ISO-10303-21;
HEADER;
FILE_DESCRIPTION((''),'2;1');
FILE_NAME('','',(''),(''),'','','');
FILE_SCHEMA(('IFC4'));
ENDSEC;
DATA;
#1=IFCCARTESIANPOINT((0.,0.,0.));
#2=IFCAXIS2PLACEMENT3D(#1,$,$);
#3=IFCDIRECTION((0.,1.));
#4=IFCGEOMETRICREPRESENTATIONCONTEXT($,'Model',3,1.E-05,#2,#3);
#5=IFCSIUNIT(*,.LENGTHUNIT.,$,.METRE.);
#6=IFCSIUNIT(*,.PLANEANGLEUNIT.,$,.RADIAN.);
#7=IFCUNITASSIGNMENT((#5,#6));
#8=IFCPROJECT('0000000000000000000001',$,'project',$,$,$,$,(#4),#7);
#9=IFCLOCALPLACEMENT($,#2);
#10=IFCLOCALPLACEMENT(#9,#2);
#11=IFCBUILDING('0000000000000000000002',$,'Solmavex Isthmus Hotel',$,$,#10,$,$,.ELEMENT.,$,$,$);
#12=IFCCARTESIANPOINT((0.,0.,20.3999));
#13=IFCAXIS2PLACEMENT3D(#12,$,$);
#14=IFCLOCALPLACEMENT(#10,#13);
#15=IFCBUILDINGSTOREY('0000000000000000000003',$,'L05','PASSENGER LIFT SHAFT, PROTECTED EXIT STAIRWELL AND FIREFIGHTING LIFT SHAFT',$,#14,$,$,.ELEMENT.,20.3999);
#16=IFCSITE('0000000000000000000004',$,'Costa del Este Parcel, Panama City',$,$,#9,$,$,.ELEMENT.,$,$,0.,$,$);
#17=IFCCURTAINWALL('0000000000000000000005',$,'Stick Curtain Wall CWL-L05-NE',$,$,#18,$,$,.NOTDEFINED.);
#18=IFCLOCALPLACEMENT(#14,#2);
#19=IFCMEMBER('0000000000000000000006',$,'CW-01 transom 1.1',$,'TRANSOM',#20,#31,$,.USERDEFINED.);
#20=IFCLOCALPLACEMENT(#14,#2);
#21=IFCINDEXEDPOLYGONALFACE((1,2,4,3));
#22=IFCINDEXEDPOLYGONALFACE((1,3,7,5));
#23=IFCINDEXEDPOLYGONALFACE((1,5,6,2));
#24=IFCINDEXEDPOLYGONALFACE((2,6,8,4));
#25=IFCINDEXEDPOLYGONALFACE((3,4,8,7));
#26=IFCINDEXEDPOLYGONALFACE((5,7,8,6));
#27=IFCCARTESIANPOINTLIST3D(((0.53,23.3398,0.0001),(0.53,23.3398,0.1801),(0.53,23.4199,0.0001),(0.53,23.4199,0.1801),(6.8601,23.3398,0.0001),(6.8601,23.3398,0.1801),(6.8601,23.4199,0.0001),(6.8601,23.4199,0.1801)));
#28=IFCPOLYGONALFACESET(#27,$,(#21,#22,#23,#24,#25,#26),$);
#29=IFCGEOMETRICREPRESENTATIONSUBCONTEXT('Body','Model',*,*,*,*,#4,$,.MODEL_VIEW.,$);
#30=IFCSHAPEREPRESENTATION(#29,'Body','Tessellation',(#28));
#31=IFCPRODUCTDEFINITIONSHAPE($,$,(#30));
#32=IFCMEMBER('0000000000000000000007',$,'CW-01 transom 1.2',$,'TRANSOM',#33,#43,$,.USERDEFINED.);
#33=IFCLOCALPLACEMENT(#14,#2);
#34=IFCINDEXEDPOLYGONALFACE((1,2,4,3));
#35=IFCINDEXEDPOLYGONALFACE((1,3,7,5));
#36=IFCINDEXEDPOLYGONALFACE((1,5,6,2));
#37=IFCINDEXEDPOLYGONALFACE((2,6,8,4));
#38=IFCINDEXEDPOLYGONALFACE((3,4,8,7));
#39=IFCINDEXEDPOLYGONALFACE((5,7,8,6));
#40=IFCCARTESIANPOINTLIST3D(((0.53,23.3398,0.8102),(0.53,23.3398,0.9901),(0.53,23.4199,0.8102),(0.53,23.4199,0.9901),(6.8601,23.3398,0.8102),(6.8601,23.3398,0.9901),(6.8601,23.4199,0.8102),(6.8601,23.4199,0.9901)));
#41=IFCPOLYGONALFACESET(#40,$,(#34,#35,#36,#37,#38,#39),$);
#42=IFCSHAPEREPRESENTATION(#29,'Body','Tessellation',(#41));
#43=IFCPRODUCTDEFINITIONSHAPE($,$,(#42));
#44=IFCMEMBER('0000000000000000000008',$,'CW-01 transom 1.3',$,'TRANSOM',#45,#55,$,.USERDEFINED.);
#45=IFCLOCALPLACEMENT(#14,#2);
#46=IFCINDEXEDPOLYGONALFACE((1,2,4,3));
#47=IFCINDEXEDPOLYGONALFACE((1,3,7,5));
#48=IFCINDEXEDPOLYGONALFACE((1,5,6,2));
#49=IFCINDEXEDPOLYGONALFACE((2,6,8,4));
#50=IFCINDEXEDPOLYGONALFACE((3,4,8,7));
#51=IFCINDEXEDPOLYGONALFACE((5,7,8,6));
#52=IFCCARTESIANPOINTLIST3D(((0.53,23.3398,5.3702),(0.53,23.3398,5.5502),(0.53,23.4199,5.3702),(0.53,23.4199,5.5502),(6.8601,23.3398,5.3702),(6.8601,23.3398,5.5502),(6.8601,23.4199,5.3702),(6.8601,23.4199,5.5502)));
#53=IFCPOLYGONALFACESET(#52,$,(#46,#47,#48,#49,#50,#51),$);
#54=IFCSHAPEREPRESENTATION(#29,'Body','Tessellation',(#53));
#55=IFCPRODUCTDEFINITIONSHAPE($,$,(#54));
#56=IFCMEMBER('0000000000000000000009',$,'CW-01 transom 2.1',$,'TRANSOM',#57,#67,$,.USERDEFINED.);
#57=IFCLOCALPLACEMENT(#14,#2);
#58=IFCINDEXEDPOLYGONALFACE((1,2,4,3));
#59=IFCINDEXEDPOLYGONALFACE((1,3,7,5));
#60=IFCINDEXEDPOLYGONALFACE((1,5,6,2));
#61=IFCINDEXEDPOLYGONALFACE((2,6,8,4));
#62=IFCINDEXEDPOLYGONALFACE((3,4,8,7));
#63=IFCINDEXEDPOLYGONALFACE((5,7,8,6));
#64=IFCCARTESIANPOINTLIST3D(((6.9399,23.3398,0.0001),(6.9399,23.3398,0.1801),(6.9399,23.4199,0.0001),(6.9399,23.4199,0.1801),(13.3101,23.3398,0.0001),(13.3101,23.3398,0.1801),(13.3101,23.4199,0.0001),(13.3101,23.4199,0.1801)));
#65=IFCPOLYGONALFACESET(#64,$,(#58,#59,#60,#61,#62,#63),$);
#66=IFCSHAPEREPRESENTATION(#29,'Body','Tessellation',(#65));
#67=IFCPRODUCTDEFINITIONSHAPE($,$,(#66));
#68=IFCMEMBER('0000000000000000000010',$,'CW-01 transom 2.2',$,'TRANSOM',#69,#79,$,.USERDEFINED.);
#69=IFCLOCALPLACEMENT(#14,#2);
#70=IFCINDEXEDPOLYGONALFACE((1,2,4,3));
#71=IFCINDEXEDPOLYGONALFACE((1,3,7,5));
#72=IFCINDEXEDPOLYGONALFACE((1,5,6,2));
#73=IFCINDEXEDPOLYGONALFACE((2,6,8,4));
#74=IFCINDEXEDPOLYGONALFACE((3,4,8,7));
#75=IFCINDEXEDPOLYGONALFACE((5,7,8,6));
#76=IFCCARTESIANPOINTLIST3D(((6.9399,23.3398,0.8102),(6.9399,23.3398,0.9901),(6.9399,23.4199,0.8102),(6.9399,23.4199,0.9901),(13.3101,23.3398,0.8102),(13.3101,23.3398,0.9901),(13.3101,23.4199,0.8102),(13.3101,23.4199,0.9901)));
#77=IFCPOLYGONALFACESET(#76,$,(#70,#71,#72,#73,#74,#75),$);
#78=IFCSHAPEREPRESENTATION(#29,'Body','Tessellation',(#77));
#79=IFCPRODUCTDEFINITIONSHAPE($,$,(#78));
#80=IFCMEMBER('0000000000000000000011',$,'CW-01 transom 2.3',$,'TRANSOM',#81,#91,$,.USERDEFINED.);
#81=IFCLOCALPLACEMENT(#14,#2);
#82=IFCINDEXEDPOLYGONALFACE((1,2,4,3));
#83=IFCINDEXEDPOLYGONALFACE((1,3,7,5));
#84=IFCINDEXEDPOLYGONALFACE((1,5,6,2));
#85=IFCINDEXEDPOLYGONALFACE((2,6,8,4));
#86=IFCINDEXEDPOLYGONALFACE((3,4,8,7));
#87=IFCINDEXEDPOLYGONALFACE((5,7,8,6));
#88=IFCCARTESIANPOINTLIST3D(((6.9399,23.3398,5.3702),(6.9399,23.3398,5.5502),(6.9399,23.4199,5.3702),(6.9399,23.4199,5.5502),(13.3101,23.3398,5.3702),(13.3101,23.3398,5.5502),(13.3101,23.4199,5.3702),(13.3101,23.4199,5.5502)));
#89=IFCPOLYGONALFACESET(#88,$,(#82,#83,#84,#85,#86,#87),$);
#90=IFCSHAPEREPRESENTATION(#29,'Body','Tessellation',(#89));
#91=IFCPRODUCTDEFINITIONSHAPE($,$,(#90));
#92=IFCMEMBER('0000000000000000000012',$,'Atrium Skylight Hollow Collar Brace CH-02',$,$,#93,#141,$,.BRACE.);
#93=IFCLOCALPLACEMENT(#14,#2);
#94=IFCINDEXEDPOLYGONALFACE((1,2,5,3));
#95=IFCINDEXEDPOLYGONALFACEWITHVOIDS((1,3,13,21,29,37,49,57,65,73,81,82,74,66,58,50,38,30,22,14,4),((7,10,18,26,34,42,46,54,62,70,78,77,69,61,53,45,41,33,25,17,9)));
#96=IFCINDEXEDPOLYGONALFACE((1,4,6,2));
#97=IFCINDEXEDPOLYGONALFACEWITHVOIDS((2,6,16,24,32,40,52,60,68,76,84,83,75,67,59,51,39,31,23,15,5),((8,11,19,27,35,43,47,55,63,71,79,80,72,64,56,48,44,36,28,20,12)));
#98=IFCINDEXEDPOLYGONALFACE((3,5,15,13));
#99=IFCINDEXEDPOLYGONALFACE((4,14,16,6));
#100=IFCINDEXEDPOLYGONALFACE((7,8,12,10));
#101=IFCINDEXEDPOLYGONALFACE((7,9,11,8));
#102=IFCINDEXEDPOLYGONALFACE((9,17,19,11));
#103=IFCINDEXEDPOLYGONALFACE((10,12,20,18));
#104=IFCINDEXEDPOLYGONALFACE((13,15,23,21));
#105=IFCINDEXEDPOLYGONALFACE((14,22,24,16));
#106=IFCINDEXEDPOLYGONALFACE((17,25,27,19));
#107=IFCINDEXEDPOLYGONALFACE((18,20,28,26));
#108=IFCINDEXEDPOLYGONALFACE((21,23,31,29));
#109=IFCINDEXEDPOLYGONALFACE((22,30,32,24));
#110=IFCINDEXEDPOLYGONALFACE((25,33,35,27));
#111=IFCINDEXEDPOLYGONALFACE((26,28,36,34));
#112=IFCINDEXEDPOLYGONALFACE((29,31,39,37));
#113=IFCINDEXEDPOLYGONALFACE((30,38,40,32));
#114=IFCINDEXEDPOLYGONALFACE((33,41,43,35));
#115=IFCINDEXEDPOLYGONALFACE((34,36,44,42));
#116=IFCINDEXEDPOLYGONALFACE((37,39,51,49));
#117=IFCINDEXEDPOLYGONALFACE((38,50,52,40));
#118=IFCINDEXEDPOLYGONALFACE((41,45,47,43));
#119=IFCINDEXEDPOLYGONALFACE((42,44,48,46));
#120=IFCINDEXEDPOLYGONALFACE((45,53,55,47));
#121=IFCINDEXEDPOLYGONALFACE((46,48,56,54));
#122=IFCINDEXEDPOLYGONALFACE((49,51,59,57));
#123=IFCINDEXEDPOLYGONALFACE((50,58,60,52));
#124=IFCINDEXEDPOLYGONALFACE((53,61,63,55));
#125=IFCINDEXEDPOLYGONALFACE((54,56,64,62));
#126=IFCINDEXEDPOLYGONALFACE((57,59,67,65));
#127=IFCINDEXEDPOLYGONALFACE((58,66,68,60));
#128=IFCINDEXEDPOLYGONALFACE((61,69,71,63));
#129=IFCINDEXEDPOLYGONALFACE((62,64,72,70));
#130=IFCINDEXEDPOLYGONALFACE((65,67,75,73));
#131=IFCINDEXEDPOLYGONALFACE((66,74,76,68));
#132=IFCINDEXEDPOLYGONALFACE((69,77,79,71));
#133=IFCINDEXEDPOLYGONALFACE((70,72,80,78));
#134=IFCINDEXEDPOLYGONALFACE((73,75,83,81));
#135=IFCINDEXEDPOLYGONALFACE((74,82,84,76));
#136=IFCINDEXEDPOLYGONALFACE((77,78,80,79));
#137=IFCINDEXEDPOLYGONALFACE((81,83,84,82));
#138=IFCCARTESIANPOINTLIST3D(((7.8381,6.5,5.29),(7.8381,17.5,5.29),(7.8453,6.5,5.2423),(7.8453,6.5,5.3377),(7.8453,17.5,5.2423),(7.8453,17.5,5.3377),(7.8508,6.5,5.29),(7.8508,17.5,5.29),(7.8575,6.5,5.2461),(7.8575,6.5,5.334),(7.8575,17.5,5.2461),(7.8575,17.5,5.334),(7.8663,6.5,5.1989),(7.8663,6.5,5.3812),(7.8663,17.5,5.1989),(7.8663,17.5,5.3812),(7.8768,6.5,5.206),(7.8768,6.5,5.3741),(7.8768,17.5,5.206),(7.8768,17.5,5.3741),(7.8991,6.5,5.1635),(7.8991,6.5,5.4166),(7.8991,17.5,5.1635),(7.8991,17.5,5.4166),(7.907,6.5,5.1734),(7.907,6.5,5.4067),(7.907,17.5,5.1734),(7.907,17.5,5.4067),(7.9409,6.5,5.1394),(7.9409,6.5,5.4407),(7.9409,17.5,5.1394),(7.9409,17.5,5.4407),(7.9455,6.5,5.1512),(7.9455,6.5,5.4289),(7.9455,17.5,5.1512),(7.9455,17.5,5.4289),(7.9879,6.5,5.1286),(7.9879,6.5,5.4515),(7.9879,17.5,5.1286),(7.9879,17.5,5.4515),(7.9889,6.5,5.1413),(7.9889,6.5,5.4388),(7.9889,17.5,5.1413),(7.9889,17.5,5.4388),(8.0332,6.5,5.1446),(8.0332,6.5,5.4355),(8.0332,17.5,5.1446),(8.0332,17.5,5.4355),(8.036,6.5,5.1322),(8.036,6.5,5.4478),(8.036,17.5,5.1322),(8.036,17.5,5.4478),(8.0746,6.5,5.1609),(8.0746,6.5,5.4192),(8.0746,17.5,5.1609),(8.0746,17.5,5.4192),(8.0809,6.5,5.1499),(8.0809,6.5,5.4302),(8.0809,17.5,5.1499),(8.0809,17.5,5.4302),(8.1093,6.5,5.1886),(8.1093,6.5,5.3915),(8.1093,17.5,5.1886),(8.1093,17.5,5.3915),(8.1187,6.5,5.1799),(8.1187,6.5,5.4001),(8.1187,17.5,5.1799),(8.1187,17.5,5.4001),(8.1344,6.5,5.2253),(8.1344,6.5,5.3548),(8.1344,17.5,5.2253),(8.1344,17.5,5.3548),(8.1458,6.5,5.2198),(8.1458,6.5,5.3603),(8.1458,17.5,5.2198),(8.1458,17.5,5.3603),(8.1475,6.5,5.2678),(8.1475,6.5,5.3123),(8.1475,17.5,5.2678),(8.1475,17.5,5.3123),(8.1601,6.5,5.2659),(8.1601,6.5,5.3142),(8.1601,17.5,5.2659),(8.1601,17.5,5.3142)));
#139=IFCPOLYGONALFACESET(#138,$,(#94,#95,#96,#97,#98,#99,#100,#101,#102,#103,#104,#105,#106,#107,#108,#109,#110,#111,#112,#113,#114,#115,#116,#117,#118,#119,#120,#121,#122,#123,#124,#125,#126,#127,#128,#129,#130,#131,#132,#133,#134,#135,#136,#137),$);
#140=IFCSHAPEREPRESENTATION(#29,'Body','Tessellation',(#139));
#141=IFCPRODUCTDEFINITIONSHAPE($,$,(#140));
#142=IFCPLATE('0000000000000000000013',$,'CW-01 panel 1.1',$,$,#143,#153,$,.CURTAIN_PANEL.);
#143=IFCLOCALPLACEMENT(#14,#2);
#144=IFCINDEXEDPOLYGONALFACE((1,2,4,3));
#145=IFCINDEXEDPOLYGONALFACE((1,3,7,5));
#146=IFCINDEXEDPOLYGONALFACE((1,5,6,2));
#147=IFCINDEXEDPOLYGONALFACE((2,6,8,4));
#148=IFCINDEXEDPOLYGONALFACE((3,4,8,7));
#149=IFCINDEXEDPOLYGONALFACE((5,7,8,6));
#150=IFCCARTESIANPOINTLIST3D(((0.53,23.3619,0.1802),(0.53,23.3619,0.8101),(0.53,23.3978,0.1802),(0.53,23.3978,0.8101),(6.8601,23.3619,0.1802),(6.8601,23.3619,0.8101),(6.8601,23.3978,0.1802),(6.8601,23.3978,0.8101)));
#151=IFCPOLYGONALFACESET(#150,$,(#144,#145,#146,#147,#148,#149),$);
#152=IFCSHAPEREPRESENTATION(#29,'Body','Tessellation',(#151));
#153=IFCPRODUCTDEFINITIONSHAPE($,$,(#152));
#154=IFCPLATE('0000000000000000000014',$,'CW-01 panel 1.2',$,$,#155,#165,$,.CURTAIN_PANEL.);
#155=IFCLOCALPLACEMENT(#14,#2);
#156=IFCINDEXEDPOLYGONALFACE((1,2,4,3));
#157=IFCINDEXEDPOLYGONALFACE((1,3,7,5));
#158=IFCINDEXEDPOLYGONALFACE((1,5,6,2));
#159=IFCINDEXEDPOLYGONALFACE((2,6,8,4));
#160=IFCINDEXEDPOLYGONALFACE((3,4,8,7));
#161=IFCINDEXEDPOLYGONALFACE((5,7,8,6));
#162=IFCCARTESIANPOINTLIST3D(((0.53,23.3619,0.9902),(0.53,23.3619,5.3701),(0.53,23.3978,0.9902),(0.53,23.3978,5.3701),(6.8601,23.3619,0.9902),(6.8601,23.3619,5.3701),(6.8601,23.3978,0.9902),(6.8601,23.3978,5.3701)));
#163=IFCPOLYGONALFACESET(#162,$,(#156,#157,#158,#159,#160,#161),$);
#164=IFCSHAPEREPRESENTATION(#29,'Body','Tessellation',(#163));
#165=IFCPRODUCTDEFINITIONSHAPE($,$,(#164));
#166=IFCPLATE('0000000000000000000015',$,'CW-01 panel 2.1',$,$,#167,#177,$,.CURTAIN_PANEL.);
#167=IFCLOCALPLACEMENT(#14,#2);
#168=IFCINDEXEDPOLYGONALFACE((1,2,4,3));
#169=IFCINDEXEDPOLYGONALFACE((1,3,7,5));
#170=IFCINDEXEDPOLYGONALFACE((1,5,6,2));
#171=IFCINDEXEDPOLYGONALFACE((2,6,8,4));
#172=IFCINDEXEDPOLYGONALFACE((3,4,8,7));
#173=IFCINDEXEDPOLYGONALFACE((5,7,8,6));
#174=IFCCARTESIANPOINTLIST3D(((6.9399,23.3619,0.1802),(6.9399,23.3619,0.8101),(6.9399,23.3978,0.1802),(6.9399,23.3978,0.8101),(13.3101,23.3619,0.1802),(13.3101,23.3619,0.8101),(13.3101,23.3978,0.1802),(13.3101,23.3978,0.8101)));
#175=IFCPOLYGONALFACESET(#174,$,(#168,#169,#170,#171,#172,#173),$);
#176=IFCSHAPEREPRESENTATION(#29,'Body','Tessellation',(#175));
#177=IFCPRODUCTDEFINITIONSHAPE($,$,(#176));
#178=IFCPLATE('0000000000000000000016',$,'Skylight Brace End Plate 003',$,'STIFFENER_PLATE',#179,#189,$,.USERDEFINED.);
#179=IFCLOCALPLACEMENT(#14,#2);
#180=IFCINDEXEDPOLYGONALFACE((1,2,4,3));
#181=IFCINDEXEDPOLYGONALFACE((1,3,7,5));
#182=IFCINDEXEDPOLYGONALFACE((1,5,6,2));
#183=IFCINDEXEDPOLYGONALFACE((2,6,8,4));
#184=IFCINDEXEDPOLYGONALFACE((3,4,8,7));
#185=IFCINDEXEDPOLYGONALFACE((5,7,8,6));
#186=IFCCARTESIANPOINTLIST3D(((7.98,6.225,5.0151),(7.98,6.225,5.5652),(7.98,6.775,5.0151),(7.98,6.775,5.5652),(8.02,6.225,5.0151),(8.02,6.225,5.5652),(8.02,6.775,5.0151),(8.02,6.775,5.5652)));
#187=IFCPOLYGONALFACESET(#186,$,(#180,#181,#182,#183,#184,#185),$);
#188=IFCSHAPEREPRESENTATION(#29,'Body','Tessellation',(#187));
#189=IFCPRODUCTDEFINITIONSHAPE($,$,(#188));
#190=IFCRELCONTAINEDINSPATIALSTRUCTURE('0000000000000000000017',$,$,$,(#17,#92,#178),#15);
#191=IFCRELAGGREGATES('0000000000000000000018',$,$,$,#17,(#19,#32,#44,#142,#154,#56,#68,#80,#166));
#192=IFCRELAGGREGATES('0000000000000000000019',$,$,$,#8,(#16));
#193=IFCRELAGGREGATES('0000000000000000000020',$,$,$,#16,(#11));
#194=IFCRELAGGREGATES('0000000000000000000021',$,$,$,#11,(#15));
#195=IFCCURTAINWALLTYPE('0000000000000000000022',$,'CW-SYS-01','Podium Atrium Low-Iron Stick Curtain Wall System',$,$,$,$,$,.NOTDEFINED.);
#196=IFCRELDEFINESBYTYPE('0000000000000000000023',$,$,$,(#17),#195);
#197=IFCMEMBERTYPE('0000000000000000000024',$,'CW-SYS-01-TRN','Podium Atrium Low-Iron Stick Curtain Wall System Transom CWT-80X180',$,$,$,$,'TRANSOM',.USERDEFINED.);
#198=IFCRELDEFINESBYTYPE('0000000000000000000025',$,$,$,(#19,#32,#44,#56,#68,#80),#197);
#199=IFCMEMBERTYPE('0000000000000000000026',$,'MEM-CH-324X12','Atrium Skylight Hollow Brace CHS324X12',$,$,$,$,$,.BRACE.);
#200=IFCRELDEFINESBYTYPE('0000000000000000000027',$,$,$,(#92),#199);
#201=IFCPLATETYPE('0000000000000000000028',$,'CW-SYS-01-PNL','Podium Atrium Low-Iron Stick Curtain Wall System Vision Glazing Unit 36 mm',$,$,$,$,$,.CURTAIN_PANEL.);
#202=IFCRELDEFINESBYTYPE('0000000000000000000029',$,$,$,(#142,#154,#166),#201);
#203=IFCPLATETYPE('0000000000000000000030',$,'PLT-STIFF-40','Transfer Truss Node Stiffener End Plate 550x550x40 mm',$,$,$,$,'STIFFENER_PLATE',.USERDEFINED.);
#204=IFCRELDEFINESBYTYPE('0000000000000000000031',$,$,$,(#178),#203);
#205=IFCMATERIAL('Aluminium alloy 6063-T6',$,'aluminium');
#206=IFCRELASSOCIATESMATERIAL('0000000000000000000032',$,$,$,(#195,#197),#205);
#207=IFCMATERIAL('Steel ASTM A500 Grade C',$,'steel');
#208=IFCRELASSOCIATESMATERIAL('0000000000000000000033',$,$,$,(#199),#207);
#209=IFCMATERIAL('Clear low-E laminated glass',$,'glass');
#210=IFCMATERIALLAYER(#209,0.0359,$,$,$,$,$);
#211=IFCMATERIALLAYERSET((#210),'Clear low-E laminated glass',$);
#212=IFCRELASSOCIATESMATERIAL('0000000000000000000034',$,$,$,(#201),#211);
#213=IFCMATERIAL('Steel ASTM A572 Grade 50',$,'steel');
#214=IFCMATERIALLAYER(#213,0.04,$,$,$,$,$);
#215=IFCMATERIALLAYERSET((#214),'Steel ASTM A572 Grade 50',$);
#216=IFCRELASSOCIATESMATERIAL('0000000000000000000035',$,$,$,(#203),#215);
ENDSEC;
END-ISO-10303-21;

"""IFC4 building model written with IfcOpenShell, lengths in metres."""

from ifc_helpers import new_model, si_unit, direction, frame, origin, origin_2d, place, context, subcontext, project, spatial, rectangle, hollow_circle, extrude, material, layer, layer_set, material_profile, profile_set, type_object, element, aggregate, save


model = new_model("IFC4")

# Units and contexts
model_context = context("Model", 3, precision=1e-05, world=origin(), true_north=direction((0.0, 1.0)))
body_context = subcontext(model_context, "Body", "Model", "MODEL_VIEW")
ifc_project = project(units=[si_unit("LENGTHUNIT", "METRE"), si_unit("PLANEANGLEUNIT", "RADIAN")], contexts=[model_context])

# Site, building, storey
site_placement = place(None, origin())
site = spatial("IfcSite", under=ifc_project, at=site_placement, Name="Costa del Este Parcel, Panama City", CompositionType="ELEMENT", RefElevation=0.0)
building_placement = place(site_placement, origin())
building = spatial("IfcBuilding", under=site, at=building_placement, Name="Solmavex Isthmus Hotel", CompositionType="ELEMENT")
storey_placement = place(building_placement, frame((0.0, 0.0, 20.3999)))
storey = spatial("IfcBuildingStorey", under=building, at=storey_placement, Name="L05", Description="PASSENGER LIFT SHAFT, PROTECTED EXIT STAIRWELL AND FIREFIGHTING LIFT SHAFT", CompositionType="ELEMENT", Elevation=20.3999)

# Curtain wall, members
ifc_material_1 = material(Name="Aluminium alloy 6063-T6", Category="aluminium")
curtain_wall_type = type_object("IfcCurtainWallType", Name="CW-SYS-01", Description="Podium Atrium Low-Iron Stick Curtain Wall System", PredefinedType="NOTDEFINED", material=ifc_material_1)
curtain_wall_placement = place(storey_placement, origin())
curtain_wall = element("IfcCurtainWall", 1, at=curtain_wall_placement, inside=storey, type_object=curtain_wall_type, Name="Stick Curtain Wall CWL-L05-NE", PredefinedType="NOTDEFINED")
ifc_material_profile_1 = material_profile(ifc_material_1, rectangle(XDim=0.0801, YDim=0.1799, at=origin_2d()), Name="CWT-80X180")
ifc_profile_set_1 = profile_set([ifc_material_profile_1], Name="Aluminium alloy 6063-T6")
member_type_1 = type_object("IfcMemberType", Name="CW-SYS-01-TRN", Description="Podium Atrium Low-Iron Stick Curtain Wall System Transom CWT-80X180", ElementType="TRANSOM", PredefinedType="USERDEFINED", material=ifc_profile_set_1)
member_1_placement = place(storey_placement, frame((0.53, 23.3799, 0.0901), z_axis=(1.0, 0.0, 0.0), x_axis=(0.0, 1.0, 0.0)))
member_1 = element("IfcMember", 2, at=member_1_placement, type_object=member_type_1, Name="CW-01 transom 1.1", ObjectType="TRANSOM", PredefinedType="USERDEFINED", context=body_context, shape_type="SweptSolid", body=[
    extrude(rectangle(XDim=0.0801, YDim=0.1799, at=origin_2d()), origin(), (0.0, 0.0, 1.0), 6.3301),
])
member_2_placement = place(storey_placement, frame((0.53, 23.3799, 0.9001), z_axis=(1.0, 0.0, 0.0), x_axis=(0.0, 1.0, 0.0)))
member_2 = element("IfcMember", 3, at=member_2_placement, type_object=member_type_1, Name="CW-01 transom 1.2", ObjectType="TRANSOM", PredefinedType="USERDEFINED", context=body_context, shape_type="SweptSolid", body=[
    extrude(rectangle(XDim=0.0801, YDim=0.1799, at=origin_2d()), origin(), (0.0, 0.0, 1.0), 6.3301),
])
member_3_placement = place(storey_placement, frame((0.53, 23.3799, 5.4602), z_axis=(1.0, 0.0, 0.0), x_axis=(0.0, 1.0, 0.0)))
member_3 = element("IfcMember", 4, at=member_3_placement, type_object=member_type_1, Name="CW-01 transom 1.3", ObjectType="TRANSOM", PredefinedType="USERDEFINED", context=body_context, shape_type="SweptSolid", body=[
    extrude(rectangle(XDim=0.0801, YDim=0.1799, at=origin_2d()), origin(), (0.0, 0.0, 1.0), 6.3301),
])
member_4_placement = place(storey_placement, frame((6.9399, 23.3799, 0.0901), z_axis=(1.0, 0.0, 0.0), x_axis=(0.0, 1.0, 0.0)))
member_4 = element("IfcMember", 5, at=member_4_placement, type_object=member_type_1, Name="CW-01 transom 2.1", ObjectType="TRANSOM", PredefinedType="USERDEFINED", context=body_context, shape_type="SweptSolid", body=[
    extrude(rectangle(XDim=0.0801, YDim=0.1799, at=origin_2d()), origin(), (0.0, 0.0, 1.0), 6.3701),
])
member_5_placement = place(storey_placement, frame((6.9399, 23.3799, 0.9001), z_axis=(1.0, 0.0, 0.0), x_axis=(0.0, 1.0, 0.0)))
member_5 = element("IfcMember", 6, at=member_5_placement, type_object=member_type_1, Name="CW-01 transom 2.2", ObjectType="TRANSOM", PredefinedType="USERDEFINED", context=body_context, shape_type="SweptSolid", body=[
    extrude(rectangle(XDim=0.0801, YDim=0.1799, at=origin_2d()), origin(), (0.0, 0.0, 1.0), 6.3701),
])
member_6_placement = place(storey_placement, frame((6.9399, 23.3799, 5.4602), z_axis=(1.0, 0.0, 0.0), x_axis=(0.0, 1.0, 0.0)))
member_6 = element("IfcMember", 7, at=member_6_placement, type_object=member_type_1, Name="CW-01 transom 2.3", ObjectType="TRANSOM", PredefinedType="USERDEFINED", context=body_context, shape_type="SweptSolid", body=[
    extrude(rectangle(XDim=0.0801, YDim=0.1799, at=origin_2d()), origin(), (0.0, 0.0, 1.0), 6.3701),
])

# Member
ifc_material_2 = material(Name="Steel ASTM A500 Grade C", Category="steel")
ifc_material_profile_2 = material_profile(ifc_material_2, hollow_circle(Radius=0.1619, WallThickness=0.0127, at=origin_2d()), Name="CHS324X12")
ifc_profile_set_2 = profile_set([ifc_material_profile_2], Name="Steel ASTM A500 Grade C")
member_type_2 = type_object("IfcMemberType", Name="MEM-CH-324X12", Description="Atrium Skylight Hollow Brace CHS324X12", PredefinedType="BRACE", material=ifc_profile_set_2)
member_7_placement = place(storey_placement, frame((8.0, 6.5, 5.29), z_axis=(0.0, 1.0, 0.0), x_axis=(-1.0, 0.0, 0.0)))
element("IfcMember", 8, at=member_7_placement, inside=storey, type_object=member_type_2, Name="Atrium Skylight Hollow Collar Brace CH-02", PredefinedType="BRACE", context=body_context, shape_type="SweptSolid", body=[
    extrude(hollow_circle(Radius=0.1619, WallThickness=0.0127, at=origin_2d()), origin(), (0.0, 0.0, 1.0), 11.0),
])

# Plates
ifc_material_3 = material(Name="Clear low-E laminated glass", Category="glass")
ifc_layer_1 = layer(ifc_material_3, 0.0359)
ifc_layer_set_1 = layer_set([ifc_layer_1], Name="Clear low-E laminated glass")
plate_type_1 = type_object("IfcPlateType", Name="CW-SYS-01-PNL", Description="Podium Atrium Low-Iron Stick Curtain Wall System Vision Glazing Unit 36 mm", PredefinedType="CURTAIN_PANEL", material=ifc_layer_set_1)
plate_1_placement = place(storey_placement, frame((3.6951, 23.3799, 0.1802), z_axis=(0.0, 0.0, 1.0), x_axis=(1.0, 0.0, 0.0)))
plate_1 = element("IfcPlate", 9, at=plate_1_placement, type_object=plate_type_1, Name="CW-01 panel 1.1", PredefinedType="CURTAIN_PANEL", context=body_context, shape_type="SweptSolid", body=[
    extrude(rectangle(XDim=6.3301, YDim=0.0359, at=origin_2d()), origin(), (0.0, 0.0, 1.0), 0.6299),
])
plate_2_placement = place(storey_placement, frame((3.6951, 23.3799, 0.9902), z_axis=(0.0, 0.0, 1.0), x_axis=(1.0, 0.0, 0.0)))
plate_2 = element("IfcPlate", 10, at=plate_2_placement, type_object=plate_type_1, Name="CW-01 panel 1.2", PredefinedType="CURTAIN_PANEL", context=body_context, shape_type="SweptSolid", body=[
    extrude(rectangle(XDim=6.3301, YDim=0.0359, at=origin_2d()), origin(), (0.0, 0.0, 1.0), 4.3799),
])
plate_3_placement = place(storey_placement, frame((10.125, 23.3799, 0.1802), z_axis=(0.0, 0.0, 1.0), x_axis=(1.0, 0.0, 0.0)))
plate_3 = element("IfcPlate", 11, at=plate_3_placement, type_object=plate_type_1, Name="CW-01 panel 2.1", PredefinedType="CURTAIN_PANEL", context=body_context, shape_type="SweptSolid", body=[
    extrude(rectangle(XDim=6.3701, YDim=0.0359, at=origin_2d()), origin(), (0.0, 0.0, 1.0), 0.6299),
])
aggregate(curtain_wall, [member_1, member_2, member_3, plate_1, plate_2, member_4, member_5, member_6, plate_3])

# Plate
ifc_material_4 = material(Name="Steel ASTM A572 Grade 50", Category="steel")
ifc_layer_2 = layer(ifc_material_4, 0.04)
ifc_layer_set_2 = layer_set([ifc_layer_2], Name="Steel ASTM A572 Grade 50")
plate_type_2 = type_object("IfcPlateType", Name="PLT-STIFF-40", Description="Transfer Truss Node Stiffener End Plate 550x550x40 mm", ElementType="STIFFENER_PLATE", PredefinedType="USERDEFINED", material=ifc_layer_set_2)
for number, where, z_axis, x_axis, name in (
    (12, (8.0, 6.5, 5.0151), (0.0, 0.0, 1.0), (0.0, 1.0, 0.0), "Skylight Brace End Plate 003"),
):
    element("IfcPlate", number, at=place(storey_placement, frame(where, z_axis=z_axis, x_axis=x_axis)), inside=storey, type_object=plate_type_2, Name=name, ObjectType="STIFFENER_PLATE", PredefinedType="USERDEFINED", context=body_context, shape_type="SweptSolid", body=[
        extrude(rectangle(XDim=0.55, YDim=0.04, at=origin_2d()), origin(), (0.0, 0.0, 1.0), 0.55),
    ])

save(model, "model.ifc")
